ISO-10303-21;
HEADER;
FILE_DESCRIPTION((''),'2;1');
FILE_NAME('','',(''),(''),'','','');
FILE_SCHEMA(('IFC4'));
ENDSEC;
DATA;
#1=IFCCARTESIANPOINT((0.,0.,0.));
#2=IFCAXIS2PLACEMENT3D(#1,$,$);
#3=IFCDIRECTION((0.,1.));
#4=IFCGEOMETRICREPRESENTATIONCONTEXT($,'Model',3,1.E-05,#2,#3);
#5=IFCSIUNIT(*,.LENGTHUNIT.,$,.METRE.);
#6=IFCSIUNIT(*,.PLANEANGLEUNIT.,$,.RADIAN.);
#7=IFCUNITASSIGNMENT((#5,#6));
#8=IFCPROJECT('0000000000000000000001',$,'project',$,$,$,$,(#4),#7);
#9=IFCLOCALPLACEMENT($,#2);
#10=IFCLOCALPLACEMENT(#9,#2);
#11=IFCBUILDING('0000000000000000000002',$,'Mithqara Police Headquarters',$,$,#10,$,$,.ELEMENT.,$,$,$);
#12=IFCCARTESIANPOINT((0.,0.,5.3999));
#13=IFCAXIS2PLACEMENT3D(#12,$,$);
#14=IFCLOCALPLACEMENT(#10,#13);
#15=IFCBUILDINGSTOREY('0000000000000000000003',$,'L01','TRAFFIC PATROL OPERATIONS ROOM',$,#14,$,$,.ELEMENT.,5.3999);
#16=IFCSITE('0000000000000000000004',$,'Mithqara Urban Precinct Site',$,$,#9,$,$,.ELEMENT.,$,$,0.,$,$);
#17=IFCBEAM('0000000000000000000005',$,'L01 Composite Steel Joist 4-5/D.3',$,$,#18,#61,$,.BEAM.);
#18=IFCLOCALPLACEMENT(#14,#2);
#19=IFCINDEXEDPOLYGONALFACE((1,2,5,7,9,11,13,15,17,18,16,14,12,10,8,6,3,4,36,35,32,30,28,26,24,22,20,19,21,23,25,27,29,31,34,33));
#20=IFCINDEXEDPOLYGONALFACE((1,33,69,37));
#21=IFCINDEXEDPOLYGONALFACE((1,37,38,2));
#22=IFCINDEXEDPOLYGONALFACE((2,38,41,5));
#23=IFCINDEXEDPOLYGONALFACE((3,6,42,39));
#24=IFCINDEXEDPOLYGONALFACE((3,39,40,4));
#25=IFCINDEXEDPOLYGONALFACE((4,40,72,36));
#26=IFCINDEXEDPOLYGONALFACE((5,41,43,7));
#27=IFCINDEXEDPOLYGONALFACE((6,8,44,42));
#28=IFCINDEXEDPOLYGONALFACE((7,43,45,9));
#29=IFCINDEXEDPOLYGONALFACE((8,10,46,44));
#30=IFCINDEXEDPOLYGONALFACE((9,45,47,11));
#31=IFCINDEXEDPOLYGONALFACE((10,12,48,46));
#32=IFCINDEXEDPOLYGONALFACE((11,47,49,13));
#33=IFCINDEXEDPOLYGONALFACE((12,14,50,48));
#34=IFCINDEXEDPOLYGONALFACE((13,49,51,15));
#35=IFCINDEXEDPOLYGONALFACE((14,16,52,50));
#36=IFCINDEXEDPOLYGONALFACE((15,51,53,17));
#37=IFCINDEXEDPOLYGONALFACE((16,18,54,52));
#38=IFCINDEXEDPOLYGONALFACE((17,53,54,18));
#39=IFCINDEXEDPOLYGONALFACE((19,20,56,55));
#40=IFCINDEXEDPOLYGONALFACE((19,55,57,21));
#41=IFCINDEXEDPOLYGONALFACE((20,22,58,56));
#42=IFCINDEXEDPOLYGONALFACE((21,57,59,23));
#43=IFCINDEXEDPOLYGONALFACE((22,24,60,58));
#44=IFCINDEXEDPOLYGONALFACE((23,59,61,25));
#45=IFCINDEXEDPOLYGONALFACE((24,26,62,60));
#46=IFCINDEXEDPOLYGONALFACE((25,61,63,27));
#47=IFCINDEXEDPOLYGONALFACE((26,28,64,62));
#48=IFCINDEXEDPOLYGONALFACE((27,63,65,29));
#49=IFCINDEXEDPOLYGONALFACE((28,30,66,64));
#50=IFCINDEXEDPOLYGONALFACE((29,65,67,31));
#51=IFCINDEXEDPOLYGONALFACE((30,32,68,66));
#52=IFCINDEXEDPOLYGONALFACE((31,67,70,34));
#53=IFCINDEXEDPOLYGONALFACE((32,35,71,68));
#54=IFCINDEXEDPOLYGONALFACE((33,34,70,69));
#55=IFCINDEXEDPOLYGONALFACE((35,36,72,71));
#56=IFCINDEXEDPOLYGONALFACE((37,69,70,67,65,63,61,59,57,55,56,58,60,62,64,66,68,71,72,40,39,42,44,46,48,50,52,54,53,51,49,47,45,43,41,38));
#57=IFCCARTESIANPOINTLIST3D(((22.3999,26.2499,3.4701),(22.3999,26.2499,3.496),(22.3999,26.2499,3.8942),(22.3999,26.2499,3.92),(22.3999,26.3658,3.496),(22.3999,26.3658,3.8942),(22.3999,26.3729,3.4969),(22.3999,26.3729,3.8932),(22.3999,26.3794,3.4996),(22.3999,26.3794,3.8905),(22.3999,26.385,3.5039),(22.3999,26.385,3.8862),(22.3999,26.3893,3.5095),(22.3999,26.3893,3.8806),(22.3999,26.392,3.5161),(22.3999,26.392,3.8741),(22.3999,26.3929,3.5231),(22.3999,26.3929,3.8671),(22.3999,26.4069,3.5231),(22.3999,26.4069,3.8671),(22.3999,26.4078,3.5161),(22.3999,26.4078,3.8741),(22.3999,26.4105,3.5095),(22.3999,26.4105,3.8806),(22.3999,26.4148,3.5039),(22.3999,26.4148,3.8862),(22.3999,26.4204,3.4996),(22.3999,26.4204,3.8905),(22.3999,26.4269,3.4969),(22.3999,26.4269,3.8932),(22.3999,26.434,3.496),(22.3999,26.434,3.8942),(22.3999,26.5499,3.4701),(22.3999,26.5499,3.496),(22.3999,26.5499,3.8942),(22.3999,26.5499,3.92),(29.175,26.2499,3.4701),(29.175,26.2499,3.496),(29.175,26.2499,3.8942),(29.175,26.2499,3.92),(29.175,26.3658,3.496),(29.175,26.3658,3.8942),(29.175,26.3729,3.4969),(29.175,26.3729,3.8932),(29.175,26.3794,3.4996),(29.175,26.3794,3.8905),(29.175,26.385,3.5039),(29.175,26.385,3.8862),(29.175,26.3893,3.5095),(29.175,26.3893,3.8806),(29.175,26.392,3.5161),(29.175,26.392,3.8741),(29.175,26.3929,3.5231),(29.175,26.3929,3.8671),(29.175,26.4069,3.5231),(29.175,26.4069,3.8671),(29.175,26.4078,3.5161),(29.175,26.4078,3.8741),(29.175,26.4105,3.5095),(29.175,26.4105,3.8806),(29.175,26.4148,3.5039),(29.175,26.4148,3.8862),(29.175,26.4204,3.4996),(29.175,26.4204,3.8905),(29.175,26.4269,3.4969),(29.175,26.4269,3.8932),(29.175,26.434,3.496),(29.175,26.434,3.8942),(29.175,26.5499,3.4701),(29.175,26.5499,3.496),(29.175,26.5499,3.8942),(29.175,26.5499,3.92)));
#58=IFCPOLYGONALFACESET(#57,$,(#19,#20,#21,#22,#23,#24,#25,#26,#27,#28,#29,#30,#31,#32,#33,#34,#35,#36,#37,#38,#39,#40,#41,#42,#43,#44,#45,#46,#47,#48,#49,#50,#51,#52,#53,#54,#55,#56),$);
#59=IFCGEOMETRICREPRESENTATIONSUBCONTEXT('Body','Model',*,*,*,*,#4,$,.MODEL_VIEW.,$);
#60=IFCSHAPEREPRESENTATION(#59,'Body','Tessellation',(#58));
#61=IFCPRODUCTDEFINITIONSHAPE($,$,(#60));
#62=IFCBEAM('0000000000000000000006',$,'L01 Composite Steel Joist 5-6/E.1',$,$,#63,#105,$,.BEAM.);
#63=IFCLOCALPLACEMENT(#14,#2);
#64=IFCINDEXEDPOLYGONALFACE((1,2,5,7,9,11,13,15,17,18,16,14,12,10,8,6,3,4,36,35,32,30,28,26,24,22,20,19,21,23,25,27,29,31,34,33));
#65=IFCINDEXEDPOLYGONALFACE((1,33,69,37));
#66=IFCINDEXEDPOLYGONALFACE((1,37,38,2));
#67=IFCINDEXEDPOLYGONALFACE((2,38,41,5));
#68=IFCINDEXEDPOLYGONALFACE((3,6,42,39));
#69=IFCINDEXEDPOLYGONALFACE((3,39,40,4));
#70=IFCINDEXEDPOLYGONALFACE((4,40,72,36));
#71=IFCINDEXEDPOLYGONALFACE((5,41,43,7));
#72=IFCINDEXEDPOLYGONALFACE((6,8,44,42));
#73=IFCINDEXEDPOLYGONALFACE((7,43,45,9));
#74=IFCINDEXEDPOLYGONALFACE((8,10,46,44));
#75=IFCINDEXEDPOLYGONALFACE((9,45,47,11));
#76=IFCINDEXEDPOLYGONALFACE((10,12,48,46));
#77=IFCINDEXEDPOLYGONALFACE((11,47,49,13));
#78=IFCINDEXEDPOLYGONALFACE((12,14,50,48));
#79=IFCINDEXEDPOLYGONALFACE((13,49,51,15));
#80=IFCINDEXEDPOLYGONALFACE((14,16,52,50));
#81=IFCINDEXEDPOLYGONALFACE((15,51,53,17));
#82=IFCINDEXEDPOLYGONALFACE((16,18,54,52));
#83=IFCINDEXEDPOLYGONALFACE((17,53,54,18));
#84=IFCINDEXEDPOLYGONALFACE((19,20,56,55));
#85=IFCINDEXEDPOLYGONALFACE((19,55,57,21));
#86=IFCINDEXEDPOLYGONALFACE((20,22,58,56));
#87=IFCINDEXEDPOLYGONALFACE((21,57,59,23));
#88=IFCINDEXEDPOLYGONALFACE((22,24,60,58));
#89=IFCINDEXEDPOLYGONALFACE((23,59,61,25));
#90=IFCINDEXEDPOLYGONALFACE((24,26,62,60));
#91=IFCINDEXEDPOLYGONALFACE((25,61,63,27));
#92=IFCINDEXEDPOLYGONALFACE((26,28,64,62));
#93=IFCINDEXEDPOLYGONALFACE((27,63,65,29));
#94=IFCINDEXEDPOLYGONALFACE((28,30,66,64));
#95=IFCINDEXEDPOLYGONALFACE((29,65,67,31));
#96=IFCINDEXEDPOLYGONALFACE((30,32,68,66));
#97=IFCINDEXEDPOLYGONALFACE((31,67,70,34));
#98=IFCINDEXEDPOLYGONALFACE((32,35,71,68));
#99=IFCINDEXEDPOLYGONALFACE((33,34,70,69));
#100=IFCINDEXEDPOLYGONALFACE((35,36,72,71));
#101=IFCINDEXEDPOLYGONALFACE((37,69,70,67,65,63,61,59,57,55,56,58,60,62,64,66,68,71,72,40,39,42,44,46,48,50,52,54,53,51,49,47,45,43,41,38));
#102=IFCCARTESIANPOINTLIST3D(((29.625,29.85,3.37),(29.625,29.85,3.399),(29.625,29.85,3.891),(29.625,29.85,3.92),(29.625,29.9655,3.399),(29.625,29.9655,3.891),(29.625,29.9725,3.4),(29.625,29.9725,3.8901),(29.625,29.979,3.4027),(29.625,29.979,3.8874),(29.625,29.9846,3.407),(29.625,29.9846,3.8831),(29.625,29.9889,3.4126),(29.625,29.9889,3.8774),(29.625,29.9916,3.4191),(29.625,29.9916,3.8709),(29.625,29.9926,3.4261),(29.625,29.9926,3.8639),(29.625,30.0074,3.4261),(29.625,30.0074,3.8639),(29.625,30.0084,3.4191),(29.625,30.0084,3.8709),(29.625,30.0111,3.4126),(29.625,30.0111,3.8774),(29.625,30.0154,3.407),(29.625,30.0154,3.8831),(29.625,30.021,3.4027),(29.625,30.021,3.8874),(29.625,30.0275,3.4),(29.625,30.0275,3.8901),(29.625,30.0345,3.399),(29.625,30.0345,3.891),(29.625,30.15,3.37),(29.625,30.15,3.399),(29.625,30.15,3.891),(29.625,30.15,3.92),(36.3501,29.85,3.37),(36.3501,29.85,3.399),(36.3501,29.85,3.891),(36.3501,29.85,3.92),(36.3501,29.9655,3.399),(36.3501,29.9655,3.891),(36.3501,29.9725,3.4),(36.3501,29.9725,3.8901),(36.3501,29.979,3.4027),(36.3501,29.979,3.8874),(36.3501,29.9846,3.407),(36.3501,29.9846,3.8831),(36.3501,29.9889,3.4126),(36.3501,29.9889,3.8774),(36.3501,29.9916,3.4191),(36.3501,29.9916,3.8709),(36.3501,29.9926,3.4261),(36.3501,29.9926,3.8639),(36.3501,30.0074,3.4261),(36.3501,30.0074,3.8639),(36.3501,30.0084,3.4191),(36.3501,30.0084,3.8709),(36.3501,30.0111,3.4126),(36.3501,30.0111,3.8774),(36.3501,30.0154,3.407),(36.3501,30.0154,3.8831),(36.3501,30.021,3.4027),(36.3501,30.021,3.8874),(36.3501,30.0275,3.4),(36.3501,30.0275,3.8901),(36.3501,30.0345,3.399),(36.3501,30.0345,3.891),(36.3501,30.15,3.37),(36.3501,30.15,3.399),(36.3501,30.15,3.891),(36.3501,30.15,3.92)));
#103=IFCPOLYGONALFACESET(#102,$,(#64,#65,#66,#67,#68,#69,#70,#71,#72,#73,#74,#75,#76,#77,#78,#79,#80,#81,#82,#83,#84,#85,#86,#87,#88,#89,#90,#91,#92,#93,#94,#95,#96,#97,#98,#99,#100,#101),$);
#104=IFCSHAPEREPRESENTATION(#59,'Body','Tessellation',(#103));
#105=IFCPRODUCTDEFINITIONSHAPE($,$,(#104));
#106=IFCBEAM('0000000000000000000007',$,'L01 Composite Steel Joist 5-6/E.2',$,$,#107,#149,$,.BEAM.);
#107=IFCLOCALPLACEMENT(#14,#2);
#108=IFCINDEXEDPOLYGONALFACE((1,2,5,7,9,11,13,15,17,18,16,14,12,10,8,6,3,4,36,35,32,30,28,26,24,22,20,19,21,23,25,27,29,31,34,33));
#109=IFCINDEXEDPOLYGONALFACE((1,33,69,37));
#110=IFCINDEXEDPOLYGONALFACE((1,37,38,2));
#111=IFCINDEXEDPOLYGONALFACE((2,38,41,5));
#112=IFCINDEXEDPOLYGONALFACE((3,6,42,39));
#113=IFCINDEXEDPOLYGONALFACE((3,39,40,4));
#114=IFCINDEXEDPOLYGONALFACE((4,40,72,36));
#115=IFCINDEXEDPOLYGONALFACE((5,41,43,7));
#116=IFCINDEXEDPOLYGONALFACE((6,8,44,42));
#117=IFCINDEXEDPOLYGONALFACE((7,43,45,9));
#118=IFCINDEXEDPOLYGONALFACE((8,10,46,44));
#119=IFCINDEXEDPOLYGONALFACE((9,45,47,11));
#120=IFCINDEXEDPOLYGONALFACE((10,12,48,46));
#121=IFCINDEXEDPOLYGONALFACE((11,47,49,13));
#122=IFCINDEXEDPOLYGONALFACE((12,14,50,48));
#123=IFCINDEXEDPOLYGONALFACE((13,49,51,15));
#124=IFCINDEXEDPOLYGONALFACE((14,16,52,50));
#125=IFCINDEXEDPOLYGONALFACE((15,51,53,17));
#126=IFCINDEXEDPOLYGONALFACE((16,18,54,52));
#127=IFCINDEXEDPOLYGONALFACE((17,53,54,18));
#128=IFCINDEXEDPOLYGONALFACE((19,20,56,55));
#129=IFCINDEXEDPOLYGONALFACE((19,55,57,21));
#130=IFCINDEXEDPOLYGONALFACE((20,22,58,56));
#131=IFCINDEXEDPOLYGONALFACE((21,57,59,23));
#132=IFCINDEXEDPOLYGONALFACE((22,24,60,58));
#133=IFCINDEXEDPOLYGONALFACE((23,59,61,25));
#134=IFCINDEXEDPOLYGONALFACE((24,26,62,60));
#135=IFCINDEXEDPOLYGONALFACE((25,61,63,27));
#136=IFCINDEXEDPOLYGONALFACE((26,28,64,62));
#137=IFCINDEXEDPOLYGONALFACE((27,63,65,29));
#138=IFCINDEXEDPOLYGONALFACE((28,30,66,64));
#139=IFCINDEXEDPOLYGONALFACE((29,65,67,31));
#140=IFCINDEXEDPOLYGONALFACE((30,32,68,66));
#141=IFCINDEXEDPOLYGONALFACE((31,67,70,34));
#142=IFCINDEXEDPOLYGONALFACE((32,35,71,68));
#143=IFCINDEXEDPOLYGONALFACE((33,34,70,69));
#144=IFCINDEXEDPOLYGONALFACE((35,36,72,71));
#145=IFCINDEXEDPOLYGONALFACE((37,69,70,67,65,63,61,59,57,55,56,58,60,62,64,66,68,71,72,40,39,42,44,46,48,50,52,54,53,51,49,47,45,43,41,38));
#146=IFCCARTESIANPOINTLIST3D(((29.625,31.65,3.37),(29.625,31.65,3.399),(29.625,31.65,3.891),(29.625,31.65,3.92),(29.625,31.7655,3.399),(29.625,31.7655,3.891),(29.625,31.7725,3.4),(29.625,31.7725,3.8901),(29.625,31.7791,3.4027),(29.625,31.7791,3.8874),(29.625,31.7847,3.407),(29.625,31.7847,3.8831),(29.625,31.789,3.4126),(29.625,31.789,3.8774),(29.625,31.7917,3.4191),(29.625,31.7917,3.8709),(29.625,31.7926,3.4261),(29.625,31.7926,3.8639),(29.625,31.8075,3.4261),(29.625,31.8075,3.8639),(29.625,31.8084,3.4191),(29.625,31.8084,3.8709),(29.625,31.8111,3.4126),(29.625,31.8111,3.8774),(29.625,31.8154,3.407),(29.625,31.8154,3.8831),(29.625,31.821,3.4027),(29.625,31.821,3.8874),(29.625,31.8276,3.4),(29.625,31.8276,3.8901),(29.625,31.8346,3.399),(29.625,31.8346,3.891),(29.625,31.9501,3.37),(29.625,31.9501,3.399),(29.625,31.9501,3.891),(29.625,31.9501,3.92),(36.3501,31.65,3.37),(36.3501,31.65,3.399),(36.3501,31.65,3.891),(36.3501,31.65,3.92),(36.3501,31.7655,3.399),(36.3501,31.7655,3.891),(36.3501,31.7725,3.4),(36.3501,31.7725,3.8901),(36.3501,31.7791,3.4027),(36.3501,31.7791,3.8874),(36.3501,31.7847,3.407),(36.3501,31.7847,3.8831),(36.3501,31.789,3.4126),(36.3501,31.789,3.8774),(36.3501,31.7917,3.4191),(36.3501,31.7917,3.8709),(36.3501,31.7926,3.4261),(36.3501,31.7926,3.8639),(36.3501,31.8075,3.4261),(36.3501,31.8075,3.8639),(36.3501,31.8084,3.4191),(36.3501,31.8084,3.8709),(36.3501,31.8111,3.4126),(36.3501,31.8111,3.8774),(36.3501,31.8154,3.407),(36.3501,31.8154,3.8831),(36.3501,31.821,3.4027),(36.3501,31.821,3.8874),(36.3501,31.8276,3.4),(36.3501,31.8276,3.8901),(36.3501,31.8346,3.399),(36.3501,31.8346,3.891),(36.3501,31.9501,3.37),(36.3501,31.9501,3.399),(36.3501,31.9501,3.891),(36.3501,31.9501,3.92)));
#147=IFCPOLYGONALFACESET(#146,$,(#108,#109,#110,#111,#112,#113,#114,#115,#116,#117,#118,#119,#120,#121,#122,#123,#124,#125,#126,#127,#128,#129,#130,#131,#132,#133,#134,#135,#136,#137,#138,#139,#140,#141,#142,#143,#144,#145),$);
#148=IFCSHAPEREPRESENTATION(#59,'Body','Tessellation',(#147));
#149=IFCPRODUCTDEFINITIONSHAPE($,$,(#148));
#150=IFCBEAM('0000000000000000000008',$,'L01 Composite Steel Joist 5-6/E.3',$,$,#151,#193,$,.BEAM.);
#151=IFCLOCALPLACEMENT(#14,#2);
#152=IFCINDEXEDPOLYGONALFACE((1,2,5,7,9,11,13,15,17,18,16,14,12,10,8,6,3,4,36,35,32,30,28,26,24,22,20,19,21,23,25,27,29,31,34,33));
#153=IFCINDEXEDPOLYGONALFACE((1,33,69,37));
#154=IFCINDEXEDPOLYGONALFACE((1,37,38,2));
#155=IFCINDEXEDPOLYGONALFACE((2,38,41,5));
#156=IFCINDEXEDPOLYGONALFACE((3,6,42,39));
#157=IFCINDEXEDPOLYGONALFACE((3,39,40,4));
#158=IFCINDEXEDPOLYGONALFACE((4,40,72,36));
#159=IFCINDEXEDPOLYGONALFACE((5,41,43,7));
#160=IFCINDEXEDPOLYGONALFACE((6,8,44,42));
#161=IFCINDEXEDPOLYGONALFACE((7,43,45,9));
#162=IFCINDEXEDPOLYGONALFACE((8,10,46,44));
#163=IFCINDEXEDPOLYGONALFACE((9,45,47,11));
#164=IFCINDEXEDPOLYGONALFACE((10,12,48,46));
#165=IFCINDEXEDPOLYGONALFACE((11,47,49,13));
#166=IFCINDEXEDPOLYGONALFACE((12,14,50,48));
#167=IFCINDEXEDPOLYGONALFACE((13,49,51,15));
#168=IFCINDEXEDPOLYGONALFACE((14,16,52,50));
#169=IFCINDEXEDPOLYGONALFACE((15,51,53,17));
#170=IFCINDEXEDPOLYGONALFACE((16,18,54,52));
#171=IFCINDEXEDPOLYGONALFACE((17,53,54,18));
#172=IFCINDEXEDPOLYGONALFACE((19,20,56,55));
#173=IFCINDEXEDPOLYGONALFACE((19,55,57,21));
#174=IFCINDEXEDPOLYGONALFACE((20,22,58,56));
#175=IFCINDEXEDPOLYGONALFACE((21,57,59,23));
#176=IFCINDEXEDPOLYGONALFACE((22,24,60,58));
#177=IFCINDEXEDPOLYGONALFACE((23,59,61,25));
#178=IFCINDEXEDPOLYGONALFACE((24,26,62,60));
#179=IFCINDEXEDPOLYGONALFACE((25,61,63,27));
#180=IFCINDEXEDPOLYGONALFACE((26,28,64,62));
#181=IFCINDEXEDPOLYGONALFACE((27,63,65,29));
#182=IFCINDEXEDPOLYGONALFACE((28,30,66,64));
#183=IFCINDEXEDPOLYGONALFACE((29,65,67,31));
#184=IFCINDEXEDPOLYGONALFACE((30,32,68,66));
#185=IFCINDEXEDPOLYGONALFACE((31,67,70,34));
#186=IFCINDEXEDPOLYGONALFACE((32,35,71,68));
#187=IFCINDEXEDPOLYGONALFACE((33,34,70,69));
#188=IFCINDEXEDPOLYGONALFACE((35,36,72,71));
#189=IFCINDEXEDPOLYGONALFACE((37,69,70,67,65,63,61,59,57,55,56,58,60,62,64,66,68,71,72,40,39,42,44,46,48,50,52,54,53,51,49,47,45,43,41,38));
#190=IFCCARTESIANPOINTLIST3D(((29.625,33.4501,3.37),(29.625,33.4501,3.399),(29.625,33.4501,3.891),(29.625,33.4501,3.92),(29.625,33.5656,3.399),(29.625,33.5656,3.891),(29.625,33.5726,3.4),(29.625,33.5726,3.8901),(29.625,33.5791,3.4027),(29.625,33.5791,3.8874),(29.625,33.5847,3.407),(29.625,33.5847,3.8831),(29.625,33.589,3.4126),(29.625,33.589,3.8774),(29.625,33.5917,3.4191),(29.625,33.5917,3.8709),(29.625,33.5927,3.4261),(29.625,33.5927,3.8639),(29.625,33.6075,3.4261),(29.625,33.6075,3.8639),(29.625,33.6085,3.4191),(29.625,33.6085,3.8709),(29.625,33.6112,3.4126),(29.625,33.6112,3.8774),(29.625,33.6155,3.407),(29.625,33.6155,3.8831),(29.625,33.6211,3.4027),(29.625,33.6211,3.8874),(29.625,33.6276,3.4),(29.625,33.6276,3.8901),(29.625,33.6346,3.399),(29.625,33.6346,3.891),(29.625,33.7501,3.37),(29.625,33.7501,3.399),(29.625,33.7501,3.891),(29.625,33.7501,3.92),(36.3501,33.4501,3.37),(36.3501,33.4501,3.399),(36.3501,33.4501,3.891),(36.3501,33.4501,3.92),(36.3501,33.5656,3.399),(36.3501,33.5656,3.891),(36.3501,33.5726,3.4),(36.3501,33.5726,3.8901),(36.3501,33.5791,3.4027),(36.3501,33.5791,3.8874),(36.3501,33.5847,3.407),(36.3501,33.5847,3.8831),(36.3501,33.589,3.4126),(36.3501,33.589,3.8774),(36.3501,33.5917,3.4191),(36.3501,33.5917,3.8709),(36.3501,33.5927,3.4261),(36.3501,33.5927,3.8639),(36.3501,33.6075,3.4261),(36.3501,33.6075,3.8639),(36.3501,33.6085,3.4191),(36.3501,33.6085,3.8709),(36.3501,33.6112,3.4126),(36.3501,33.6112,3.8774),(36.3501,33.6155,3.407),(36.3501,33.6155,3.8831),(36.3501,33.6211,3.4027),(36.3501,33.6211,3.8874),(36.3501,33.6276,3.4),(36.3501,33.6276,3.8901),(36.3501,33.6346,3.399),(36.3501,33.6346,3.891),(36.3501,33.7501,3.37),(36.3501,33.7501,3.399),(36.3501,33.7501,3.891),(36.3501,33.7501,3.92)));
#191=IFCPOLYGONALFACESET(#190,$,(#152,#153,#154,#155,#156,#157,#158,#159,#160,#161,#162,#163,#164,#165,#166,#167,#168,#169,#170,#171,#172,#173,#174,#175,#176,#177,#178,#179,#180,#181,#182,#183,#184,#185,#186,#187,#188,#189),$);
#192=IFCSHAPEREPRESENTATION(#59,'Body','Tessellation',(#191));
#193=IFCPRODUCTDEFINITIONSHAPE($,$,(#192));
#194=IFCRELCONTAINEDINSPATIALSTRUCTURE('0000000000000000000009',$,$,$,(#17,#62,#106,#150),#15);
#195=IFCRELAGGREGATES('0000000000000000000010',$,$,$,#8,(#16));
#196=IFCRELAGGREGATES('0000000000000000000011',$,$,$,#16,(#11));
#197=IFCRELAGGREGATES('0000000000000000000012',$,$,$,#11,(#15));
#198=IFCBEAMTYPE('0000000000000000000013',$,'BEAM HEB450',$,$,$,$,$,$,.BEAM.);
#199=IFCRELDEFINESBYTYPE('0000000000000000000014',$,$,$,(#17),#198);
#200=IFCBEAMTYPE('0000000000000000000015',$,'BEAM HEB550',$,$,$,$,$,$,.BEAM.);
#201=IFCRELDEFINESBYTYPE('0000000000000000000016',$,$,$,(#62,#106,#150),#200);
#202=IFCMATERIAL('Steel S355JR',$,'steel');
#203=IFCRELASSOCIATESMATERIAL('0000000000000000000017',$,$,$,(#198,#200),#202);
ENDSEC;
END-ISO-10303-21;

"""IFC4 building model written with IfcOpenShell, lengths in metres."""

from ifc_helpers import new_model, si_unit, direction, frame, origin, origin_2d, place, context, subcontext, project, spatial, i_section, extrude, material, material_profile, profile_set, type_object, element, save


model = new_model("IFC4")

# Units and contexts
model_context = context("Model", 3, precision=1e-05, world=origin(), true_north=direction((0.0, 1.0)))
body_context = subcontext(model_context, "Body", "Model", "MODEL_VIEW")
ifc_project = project(units=[si_unit("LENGTHUNIT", "METRE"), si_unit("PLANEANGLEUNIT", "RADIAN")], contexts=[model_context])

# Site, building, storey
site_placement = place(None, origin())
site = spatial("IfcSite", under=ifc_project, at=site_placement, Name="Mithqara Urban Precinct Site", CompositionType="ELEMENT", RefElevation=0.0)
building_placement = place(site_placement, origin())
building = spatial("IfcBuilding", under=site, at=building_placement, Name="Mithqara Police Headquarters", CompositionType="ELEMENT")
storey_placement = place(building_placement, frame((0.0, 0.0, 5.3999)))
storey = spatial("IfcBuildingStorey", under=building, at=storey_placement, Name="L01", Description="TRAFFIC PATROL OPERATIONS ROOM", CompositionType="ELEMENT", Elevation=5.3999)

# Beams
ifc_material_1 = material(Name="Steel S355JR", Category="steel")
ifc_material_profile_1 = material_profile(ifc_material_1, i_section(OverallWidth=0.3, OverallDepth=0.45, WebThickness=0.0139, FlangeThickness=0.0259, FilletRadius=0.0271, at=origin_2d()), Name="HEB 450")
ifc_profile_set_1 = profile_set([ifc_material_profile_1], Name="Steel S355JR")
beam_type_1 = type_object("IfcBeamType", Name="BEAM HEB450", PredefinedType="BEAM", material=ifc_profile_set_1)
beam_1_placement = place(storey_placement, frame((22.3999, 26.3999, 3.6951), z_axis=(1.0, 0.0, 0.0), x_axis=(0.0, 1.0, 0.0)))
element("IfcBeam", 1, at=beam_1_placement, inside=storey, type_object=beam_type_1, Name="L01 Composite Steel Joist 4-5/D.3", PredefinedType="BEAM", context=body_context, shape_type="SweptSolid", body=[
    extrude(i_section(OverallWidth=0.3, OverallDepth=0.45, WebThickness=0.0139, FlangeThickness=0.0259, FilletRadius=0.0271, at=origin_2d()), origin(), (0.0, 0.0, 1.0), 6.7751),
])
ifc_material_profile_2 = material_profile(ifc_material_1, i_section(OverallWidth=0.3, OverallDepth=0.55, WebThickness=0.0149, FlangeThickness=0.0291, FilletRadius=0.0271, at=origin_2d()), Name="HEB 550")
ifc_profile_set_2 = profile_set([ifc_material_profile_2], Name="Steel S355JR")
beam_type_2 = type_object("IfcBeamType", Name="BEAM HEB550", PredefinedType="BEAM", material=ifc_profile_set_2)
for number, where, z_axis, x_axis, name in (
    (2, (29.625, 30.0, 3.645), (1.0, 0.0, 0.0), (0.0, 1.0, 0.0), "L01 Composite Steel Joist 5-6/E.1"),
    (3, (29.625, 31.8, 3.645), (1.0, 0.0, 0.0), (0.0, 1.0, 0.0), "L01 Composite Steel Joist 5-6/E.2"),
    (4, (29.625, 33.6001, 3.645), (1.0, 0.0, 0.0), (0.0, 1.0, 0.0), "L01 Composite Steel Joist 5-6/E.3"),
):
    element("IfcBeam", number, at=place(storey_placement, frame(where, z_axis=z_axis, x_axis=x_axis)), inside=storey, type_object=beam_type_2, Name=name, PredefinedType="BEAM", context=body_context, shape_type="SweptSolid", body=[
        extrude(i_section(OverallWidth=0.3, OverallDepth=0.55, WebThickness=0.0149, FlangeThickness=0.0291, FilletRadius=0.0271, at=origin_2d()), origin(), (0.0, 0.0, 1.0), 6.7251),
    ])

save(model, "model.ifc")
